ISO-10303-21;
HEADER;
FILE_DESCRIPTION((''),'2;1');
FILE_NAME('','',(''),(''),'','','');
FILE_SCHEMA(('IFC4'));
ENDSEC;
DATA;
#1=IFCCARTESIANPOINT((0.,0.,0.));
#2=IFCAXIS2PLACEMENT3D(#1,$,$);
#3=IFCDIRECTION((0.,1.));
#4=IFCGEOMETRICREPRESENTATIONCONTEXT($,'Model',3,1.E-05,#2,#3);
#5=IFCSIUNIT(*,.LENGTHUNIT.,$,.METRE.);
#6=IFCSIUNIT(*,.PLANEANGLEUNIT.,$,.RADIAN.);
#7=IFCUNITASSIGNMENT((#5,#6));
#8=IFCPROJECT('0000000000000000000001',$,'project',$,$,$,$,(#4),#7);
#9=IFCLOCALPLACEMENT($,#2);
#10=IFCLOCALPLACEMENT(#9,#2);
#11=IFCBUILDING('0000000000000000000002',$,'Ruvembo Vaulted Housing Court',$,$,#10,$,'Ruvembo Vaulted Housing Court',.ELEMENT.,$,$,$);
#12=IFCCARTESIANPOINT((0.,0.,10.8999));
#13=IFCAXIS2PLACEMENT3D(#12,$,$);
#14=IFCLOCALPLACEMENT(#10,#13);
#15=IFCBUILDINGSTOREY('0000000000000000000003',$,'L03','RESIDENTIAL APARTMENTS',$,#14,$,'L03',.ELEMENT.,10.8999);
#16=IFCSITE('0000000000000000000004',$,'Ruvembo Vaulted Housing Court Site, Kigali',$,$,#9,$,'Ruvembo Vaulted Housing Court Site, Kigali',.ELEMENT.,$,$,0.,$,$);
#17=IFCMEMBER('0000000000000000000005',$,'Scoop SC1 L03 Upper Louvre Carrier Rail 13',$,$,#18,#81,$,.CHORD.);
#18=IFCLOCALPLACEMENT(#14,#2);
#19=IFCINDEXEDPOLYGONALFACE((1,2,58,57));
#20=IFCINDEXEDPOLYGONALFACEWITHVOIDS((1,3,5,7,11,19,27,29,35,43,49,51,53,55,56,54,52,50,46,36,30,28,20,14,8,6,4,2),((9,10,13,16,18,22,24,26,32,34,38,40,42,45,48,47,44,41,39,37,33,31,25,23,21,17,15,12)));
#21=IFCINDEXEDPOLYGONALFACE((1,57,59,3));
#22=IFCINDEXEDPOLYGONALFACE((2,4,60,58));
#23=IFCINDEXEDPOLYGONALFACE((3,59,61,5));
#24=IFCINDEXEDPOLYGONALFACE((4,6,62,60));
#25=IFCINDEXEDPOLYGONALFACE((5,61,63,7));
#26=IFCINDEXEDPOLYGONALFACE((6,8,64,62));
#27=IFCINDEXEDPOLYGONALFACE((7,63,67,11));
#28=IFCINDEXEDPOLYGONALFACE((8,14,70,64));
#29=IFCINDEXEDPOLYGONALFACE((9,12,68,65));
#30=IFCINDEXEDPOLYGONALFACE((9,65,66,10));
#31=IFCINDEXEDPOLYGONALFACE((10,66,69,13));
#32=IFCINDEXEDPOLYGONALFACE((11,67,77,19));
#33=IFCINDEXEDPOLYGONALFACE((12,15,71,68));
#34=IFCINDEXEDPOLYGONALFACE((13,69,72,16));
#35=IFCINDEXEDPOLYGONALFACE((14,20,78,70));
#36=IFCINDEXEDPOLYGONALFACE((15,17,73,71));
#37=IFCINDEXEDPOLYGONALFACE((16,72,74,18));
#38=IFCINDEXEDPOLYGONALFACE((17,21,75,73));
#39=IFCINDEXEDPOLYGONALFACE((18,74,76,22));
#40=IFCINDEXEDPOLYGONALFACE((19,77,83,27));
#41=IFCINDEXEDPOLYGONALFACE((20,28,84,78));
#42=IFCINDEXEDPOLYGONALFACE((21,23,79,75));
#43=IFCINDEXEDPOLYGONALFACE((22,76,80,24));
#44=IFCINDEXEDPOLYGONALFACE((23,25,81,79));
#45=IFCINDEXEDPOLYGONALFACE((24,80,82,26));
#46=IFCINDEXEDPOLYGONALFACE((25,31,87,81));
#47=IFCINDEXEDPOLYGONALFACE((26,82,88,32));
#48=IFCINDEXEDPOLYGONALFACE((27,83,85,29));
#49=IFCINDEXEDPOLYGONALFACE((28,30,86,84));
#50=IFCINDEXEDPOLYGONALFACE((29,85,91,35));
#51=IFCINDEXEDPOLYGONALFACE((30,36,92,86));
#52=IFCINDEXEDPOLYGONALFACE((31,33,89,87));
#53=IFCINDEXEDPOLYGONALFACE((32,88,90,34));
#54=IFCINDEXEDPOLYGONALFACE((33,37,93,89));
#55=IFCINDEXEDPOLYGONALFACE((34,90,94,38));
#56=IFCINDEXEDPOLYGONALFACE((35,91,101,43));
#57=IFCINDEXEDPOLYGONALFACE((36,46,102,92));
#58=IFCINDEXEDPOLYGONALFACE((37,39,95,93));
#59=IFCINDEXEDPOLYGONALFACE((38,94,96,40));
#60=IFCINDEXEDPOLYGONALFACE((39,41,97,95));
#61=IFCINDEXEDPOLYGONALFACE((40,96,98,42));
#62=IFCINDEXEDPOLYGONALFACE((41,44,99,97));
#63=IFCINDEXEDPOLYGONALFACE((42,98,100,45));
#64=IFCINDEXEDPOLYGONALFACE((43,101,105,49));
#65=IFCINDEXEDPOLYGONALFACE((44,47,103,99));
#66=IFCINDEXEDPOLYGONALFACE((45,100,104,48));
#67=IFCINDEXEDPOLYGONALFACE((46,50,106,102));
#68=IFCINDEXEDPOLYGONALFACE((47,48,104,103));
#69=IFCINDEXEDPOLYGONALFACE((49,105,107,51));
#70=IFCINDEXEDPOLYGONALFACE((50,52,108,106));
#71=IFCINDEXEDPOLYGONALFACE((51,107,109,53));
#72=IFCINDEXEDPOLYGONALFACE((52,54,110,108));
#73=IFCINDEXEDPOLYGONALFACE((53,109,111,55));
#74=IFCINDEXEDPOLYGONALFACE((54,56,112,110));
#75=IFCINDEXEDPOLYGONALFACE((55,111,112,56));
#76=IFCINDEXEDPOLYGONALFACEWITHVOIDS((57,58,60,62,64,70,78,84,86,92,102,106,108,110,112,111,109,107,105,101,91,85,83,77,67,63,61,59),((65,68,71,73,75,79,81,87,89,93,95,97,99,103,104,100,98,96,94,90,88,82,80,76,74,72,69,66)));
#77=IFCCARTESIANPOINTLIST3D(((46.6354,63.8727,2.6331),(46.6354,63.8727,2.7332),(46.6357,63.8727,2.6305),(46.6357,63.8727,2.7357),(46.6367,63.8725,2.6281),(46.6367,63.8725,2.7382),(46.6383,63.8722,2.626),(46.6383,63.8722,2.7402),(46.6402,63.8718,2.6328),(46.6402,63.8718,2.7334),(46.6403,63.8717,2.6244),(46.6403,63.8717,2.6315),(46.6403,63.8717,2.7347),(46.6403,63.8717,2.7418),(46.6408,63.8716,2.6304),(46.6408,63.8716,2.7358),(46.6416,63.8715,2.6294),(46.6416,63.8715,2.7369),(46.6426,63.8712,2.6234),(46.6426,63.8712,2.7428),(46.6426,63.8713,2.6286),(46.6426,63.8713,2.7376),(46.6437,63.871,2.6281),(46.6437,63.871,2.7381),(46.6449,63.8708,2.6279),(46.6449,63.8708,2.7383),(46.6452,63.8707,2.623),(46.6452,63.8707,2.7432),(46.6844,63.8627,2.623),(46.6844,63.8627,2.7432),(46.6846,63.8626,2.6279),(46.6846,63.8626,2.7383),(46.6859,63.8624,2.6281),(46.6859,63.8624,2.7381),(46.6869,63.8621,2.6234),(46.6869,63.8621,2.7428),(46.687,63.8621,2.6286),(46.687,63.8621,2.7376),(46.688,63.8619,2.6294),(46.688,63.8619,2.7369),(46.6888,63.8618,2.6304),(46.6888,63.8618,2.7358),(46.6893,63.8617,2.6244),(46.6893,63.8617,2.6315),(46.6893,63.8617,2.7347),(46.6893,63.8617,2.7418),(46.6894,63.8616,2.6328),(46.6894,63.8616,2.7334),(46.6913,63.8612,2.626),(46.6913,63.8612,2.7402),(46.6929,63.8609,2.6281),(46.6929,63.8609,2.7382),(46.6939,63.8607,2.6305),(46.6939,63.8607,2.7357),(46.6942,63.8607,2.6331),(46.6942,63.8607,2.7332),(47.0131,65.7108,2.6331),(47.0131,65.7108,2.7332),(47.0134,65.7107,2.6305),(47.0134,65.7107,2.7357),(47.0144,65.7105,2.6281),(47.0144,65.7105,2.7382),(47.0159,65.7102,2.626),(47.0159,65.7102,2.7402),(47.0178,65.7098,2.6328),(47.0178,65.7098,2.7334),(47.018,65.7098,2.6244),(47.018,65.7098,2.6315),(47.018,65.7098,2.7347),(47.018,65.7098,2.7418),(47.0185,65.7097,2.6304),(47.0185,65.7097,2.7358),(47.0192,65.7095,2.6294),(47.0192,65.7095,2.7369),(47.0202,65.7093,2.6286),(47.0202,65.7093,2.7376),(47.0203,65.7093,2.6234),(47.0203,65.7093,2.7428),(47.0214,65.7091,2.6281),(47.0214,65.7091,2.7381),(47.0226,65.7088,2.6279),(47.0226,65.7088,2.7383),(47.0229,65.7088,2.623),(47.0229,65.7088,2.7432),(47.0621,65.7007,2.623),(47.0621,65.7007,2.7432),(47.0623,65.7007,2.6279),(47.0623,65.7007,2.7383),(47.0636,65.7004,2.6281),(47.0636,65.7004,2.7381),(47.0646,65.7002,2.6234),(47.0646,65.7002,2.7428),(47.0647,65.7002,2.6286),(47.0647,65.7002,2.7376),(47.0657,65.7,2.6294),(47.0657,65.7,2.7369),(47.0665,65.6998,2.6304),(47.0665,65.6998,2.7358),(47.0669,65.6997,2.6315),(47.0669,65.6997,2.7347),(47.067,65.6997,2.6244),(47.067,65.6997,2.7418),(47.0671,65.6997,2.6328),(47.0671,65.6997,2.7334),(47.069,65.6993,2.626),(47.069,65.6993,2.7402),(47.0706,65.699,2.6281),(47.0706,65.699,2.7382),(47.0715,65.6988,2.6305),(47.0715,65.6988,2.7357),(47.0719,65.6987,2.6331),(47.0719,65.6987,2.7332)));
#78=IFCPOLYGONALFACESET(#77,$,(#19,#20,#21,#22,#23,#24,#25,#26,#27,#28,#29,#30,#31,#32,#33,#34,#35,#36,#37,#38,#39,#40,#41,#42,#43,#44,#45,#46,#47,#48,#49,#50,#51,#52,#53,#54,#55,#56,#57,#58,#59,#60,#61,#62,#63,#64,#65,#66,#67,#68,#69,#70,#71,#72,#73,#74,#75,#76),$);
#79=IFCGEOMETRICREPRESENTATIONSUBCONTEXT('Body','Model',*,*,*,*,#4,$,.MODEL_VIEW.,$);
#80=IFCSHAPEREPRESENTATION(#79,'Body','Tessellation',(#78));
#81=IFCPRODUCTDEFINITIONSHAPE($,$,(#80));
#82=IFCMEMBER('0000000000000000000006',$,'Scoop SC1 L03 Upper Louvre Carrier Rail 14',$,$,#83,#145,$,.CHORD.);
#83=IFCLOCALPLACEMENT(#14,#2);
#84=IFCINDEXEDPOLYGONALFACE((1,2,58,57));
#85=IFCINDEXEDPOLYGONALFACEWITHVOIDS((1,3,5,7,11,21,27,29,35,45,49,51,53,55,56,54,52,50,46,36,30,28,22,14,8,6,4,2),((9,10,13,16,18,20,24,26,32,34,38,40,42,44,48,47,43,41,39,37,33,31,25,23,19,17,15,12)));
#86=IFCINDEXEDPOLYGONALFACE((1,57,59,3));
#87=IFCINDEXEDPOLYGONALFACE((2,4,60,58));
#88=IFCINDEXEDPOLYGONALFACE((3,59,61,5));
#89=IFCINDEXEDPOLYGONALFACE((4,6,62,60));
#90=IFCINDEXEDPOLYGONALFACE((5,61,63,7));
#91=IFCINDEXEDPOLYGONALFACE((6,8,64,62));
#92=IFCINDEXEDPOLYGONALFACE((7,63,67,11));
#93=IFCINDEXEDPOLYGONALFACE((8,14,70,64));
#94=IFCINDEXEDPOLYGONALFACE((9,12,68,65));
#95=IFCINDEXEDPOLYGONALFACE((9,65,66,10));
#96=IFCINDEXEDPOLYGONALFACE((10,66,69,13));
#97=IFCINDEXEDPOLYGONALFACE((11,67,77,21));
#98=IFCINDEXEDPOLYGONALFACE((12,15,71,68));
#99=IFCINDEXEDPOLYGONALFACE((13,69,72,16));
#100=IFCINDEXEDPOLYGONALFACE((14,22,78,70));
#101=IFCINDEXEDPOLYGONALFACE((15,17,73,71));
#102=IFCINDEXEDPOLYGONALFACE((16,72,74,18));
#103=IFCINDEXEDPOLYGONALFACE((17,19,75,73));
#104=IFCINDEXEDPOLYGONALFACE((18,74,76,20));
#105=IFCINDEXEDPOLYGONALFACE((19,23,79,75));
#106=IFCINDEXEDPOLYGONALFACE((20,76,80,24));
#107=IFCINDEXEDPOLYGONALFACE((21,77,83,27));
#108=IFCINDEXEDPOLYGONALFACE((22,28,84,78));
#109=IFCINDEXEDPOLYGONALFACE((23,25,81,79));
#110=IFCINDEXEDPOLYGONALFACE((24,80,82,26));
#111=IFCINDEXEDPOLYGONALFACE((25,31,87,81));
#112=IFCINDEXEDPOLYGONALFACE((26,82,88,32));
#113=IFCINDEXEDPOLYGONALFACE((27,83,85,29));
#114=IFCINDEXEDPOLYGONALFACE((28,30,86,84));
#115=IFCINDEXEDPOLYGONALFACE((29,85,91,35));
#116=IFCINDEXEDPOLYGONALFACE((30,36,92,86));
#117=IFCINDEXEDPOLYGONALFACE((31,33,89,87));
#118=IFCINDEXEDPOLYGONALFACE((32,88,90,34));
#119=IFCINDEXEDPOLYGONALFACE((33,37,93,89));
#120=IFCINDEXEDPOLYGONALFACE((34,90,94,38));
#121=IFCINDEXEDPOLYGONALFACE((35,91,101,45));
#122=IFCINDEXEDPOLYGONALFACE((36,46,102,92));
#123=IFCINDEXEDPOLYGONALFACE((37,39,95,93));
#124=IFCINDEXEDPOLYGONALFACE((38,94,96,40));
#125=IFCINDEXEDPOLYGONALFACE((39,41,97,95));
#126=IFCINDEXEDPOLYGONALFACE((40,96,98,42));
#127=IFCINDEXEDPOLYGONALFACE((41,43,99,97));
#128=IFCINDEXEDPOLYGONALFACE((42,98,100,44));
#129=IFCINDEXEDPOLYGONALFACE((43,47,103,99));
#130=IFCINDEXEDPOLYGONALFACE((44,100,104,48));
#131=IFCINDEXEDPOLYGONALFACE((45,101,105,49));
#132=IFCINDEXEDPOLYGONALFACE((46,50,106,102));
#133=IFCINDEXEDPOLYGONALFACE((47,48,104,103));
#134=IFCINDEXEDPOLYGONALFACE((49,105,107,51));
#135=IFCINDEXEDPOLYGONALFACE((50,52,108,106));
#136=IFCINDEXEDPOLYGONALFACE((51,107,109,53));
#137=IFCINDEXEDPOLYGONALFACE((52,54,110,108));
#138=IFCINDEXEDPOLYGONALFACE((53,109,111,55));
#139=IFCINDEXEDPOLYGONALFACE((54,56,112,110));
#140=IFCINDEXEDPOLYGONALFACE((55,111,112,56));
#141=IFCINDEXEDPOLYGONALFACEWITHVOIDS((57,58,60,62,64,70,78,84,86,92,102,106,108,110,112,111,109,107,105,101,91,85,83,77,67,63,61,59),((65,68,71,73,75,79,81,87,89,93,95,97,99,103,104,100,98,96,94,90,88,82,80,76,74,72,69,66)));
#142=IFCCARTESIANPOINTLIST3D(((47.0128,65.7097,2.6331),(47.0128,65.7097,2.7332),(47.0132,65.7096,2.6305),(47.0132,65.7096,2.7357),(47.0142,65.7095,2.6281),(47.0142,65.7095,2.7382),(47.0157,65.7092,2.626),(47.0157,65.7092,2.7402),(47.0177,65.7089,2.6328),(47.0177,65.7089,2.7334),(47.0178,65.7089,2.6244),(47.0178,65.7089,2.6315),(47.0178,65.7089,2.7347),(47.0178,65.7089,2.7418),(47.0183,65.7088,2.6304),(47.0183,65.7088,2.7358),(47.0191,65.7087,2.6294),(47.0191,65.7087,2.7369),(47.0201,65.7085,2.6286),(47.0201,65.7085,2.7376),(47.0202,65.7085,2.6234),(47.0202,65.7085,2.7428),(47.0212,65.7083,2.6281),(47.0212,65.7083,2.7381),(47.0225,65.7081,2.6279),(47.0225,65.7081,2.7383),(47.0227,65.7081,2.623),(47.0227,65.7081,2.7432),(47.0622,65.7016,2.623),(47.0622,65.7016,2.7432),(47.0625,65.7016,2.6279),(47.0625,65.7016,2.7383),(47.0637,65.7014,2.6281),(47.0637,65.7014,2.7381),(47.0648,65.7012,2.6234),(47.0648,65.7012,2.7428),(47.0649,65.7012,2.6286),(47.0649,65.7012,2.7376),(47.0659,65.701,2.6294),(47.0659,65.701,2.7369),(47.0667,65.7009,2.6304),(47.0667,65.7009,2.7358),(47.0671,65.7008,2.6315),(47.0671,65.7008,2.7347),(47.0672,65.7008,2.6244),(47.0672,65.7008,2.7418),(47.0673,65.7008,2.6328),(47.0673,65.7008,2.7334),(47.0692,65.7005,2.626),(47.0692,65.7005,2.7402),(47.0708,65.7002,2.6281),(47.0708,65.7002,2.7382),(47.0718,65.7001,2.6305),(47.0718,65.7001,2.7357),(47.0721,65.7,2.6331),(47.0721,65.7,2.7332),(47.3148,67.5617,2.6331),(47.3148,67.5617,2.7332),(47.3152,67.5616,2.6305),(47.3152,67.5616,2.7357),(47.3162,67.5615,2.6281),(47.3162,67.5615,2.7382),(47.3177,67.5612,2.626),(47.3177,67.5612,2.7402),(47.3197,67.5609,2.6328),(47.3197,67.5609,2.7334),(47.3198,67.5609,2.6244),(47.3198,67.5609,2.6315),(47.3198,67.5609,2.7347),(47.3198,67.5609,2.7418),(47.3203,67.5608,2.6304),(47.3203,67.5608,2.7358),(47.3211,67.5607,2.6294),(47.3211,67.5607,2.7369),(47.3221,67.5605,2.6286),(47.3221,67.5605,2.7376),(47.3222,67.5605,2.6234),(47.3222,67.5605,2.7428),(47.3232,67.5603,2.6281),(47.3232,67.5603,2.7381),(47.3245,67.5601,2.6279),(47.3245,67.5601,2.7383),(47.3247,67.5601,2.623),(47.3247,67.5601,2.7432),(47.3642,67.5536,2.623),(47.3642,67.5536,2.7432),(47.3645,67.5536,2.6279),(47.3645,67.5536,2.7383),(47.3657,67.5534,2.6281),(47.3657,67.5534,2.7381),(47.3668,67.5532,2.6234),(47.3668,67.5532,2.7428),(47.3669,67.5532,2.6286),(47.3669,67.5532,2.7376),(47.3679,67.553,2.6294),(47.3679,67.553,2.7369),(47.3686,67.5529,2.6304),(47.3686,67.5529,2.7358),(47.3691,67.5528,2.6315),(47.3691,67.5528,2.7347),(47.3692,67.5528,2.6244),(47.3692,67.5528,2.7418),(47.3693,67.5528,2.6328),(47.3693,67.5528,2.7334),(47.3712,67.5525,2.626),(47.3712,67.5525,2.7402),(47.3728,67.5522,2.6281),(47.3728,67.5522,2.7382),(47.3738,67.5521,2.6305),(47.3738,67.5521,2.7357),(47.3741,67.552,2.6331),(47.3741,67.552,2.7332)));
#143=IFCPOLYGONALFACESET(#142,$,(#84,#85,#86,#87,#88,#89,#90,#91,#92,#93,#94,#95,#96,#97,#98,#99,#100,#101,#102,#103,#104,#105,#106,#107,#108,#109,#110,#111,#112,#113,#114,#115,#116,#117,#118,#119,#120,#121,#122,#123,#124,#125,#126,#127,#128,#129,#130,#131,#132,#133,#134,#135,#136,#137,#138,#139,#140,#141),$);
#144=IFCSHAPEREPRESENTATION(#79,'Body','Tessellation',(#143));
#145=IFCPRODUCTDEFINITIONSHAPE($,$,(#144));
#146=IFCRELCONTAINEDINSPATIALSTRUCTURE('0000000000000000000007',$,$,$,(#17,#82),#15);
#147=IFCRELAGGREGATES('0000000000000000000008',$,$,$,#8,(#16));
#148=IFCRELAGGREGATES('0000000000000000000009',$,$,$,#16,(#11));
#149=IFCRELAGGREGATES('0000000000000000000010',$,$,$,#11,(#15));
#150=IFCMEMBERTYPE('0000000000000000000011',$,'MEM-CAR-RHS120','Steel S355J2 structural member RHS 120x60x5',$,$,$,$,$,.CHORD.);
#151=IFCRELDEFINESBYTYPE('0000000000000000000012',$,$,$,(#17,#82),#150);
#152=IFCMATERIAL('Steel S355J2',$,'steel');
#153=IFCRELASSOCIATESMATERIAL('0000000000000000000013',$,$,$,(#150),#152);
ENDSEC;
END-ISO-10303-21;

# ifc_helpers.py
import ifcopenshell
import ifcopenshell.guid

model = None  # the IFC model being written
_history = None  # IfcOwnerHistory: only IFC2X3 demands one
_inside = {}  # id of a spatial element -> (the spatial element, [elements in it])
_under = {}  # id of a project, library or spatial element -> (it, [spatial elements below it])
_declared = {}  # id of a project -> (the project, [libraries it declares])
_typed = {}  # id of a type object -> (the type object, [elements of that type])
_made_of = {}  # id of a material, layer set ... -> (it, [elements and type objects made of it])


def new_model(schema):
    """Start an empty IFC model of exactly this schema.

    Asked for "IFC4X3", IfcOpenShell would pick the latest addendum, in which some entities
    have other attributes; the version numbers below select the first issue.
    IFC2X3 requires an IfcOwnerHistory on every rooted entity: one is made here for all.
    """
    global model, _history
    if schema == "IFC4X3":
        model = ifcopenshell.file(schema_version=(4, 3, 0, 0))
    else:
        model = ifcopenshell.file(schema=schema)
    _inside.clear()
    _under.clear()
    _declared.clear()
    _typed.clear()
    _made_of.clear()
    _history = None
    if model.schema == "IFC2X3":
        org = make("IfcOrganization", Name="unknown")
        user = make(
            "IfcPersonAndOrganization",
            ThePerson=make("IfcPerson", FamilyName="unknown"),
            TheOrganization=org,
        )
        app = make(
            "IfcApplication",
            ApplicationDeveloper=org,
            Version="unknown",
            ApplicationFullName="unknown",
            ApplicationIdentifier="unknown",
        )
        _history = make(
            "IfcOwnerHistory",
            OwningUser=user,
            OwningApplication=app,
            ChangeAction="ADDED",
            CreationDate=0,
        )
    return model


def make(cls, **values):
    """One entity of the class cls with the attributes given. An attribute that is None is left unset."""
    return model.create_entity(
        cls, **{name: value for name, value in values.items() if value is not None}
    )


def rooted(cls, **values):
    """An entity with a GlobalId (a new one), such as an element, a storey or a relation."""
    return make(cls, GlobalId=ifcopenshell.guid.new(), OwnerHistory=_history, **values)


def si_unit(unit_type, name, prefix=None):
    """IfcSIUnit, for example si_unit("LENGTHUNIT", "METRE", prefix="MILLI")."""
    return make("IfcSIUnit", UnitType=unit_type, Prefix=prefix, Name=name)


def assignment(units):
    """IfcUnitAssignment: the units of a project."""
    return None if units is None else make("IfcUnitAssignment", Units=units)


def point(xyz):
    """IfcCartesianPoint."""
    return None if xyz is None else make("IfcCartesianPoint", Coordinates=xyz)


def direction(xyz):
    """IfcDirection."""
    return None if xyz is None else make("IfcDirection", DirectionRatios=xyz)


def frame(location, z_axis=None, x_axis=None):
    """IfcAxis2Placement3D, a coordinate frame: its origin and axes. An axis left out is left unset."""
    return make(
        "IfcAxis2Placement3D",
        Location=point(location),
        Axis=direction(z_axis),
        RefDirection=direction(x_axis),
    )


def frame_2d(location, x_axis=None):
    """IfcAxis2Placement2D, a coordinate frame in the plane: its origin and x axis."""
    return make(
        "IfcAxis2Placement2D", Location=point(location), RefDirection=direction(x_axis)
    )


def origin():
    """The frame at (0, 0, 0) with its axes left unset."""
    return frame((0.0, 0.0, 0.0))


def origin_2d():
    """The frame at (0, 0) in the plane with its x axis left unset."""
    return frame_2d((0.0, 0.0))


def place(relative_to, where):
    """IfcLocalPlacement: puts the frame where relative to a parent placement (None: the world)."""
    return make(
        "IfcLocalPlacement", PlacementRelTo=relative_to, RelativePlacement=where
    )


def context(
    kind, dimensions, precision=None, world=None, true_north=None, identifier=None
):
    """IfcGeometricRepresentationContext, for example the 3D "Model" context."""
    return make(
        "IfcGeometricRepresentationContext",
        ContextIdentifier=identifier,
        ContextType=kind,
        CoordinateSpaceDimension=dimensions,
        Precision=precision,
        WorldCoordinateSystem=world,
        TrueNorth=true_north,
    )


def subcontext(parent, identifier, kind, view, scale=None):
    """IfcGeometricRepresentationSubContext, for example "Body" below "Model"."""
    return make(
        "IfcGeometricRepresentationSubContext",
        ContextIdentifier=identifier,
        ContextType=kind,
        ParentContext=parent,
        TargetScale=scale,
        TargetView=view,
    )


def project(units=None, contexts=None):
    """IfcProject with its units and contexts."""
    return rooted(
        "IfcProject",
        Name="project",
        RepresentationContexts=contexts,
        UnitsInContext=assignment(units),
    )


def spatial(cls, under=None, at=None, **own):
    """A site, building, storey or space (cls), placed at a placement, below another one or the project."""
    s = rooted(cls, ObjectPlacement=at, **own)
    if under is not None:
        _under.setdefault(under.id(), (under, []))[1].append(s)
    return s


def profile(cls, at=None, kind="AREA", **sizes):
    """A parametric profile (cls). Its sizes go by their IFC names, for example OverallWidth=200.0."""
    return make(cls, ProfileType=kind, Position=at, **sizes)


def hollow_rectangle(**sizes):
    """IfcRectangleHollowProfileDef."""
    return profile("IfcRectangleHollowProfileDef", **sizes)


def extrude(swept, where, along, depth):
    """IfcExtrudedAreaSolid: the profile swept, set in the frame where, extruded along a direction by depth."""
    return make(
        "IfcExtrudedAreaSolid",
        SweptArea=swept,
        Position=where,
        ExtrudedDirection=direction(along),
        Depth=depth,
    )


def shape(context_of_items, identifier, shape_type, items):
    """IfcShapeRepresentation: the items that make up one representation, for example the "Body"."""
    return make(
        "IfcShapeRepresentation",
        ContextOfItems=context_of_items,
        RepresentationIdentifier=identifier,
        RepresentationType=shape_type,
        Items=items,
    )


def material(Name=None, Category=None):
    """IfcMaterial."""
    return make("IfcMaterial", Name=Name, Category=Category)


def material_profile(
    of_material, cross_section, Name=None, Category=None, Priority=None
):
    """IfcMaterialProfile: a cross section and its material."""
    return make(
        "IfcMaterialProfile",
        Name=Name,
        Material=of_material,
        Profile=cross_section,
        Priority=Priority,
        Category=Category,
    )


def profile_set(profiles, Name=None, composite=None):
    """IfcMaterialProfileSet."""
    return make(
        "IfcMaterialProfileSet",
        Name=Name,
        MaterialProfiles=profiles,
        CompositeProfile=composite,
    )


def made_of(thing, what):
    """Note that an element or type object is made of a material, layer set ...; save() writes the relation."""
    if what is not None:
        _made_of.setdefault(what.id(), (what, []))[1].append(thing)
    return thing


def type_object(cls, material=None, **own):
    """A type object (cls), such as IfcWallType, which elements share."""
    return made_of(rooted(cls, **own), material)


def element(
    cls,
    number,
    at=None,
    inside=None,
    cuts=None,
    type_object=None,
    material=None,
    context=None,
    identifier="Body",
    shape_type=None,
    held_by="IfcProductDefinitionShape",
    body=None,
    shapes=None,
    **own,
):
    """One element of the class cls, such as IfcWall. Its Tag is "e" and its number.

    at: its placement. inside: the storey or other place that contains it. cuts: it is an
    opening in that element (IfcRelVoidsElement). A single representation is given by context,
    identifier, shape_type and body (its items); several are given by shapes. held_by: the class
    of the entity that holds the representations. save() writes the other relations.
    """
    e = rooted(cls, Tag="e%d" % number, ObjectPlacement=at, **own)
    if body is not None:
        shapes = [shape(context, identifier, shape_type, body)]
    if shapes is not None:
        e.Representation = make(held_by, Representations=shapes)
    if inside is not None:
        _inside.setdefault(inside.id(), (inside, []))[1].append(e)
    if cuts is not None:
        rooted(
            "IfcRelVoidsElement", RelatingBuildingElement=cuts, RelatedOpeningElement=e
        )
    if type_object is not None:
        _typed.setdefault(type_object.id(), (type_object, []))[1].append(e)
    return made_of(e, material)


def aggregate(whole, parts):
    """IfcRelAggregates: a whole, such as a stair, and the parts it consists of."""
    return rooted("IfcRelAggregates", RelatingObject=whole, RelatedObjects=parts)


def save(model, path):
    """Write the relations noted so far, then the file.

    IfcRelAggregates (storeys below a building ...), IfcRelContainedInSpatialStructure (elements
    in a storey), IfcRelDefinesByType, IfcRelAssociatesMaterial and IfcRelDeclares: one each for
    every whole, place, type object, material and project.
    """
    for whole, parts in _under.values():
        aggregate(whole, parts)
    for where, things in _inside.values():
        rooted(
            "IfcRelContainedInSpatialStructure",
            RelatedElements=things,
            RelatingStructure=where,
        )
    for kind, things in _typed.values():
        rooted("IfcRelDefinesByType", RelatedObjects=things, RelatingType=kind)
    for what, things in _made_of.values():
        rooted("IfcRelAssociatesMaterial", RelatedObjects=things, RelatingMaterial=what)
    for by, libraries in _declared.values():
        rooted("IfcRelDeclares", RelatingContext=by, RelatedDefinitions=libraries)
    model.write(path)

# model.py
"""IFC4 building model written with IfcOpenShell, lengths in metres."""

from ifc_helpers import new_model, si_unit, direction, frame, origin, origin_2d, place, context, subcontext, project, spatial, hollow_rectangle, extrude, material, material_profile, profile_set, type_object, element, save


model = new_model("IFC4")

# Units and contexts
model_context = context("Model", 3, precision=1e-05, world=origin(), true_north=direction((0.0, 1.0)))
body_context = subcontext(model_context, "Body", "Model", "MODEL_VIEW")
ifc_project = project(units=[si_unit("LENGTHUNIT", "METRE"), si_unit("PLANEANGLEUNIT", "RADIAN")], contexts=[model_context])

# Site, building, storey
site_placement = place(None, origin())
site = spatial("IfcSite", under=ifc_project, at=site_placement, Name="Ruvembo Vaulted Housing Court Site, Kigali", LongName="Ruvembo Vaulted Housing Court Site, Kigali", CompositionType="ELEMENT", RefElevation=0.0)
building_placement = place(site_placement, origin())
building = spatial("IfcBuilding", under=site, at=building_placement, Name="Ruvembo Vaulted Housing Court", LongName="Ruvembo Vaulted Housing Court", CompositionType="ELEMENT")
storey_placement = place(building_placement, frame((0.0, 0.0, 10.8999)))
storey = spatial("IfcBuildingStorey", under=building, at=storey_placement, Name="L03", Description="RESIDENTIAL APARTMENTS", LongName="L03", CompositionType="ELEMENT", Elevation=10.8999)

# Shared definitions
ifc_material_1 = material(Name="Steel S355J2", Category="steel")

# Members
ifc_material_profile_1 = material_profile(ifc_material_1, hollow_rectangle(XDim=0.0601, YDim=0.1201, WallThickness=0.0049, InnerFilletRadius=0.0049, OuterFilletRadius=0.01, at=origin_2d()), Name="RHS 120x60x5")
ifc_profile_set_1 = profile_set([ifc_material_profile_1], Name="Steel S355J2")
member_type_1 = type_object("IfcMemberType", Name="MEM-CAR-RHS120", Description="Steel S355J2 structural member RHS 120x60x5", PredefinedType="CHORD", material=ifc_profile_set_1)
for number, where, z_axis, x_axis, name in (
    (1, (46.6648, 63.8667, 2.6831), (0.201267, 0.979536, 0.0), (-0.979536, 0.201267, 0.0), "Scoop SC1 L03 Upper Louvre Carrier Rail 13"),
    (2, (47.0425, 65.7048, 2.6831), (0.160938, 0.986965, 0.0), (-0.986965, 0.160938, 0.0), "Scoop SC1 L03 Upper Louvre Carrier Rail 14"),
):
    element("IfcMember", number, at=place(storey_placement, frame(where, z_axis=z_axis, x_axis=x_axis)), inside=storey, type_object=member_type_1, Name=name, PredefinedType="CHORD", context=body_context, shape_type="SweptSolid", body=[
        extrude(hollow_rectangle(XDim=0.0601, YDim=0.1201, WallThickness=0.0049, InnerFilletRadius=0.0049, OuterFilletRadius=0.01, at=origin_2d()), origin(), (0.0, 0.0, 1.0), 1.8765),
    ])

save(model, "model.ifc")
